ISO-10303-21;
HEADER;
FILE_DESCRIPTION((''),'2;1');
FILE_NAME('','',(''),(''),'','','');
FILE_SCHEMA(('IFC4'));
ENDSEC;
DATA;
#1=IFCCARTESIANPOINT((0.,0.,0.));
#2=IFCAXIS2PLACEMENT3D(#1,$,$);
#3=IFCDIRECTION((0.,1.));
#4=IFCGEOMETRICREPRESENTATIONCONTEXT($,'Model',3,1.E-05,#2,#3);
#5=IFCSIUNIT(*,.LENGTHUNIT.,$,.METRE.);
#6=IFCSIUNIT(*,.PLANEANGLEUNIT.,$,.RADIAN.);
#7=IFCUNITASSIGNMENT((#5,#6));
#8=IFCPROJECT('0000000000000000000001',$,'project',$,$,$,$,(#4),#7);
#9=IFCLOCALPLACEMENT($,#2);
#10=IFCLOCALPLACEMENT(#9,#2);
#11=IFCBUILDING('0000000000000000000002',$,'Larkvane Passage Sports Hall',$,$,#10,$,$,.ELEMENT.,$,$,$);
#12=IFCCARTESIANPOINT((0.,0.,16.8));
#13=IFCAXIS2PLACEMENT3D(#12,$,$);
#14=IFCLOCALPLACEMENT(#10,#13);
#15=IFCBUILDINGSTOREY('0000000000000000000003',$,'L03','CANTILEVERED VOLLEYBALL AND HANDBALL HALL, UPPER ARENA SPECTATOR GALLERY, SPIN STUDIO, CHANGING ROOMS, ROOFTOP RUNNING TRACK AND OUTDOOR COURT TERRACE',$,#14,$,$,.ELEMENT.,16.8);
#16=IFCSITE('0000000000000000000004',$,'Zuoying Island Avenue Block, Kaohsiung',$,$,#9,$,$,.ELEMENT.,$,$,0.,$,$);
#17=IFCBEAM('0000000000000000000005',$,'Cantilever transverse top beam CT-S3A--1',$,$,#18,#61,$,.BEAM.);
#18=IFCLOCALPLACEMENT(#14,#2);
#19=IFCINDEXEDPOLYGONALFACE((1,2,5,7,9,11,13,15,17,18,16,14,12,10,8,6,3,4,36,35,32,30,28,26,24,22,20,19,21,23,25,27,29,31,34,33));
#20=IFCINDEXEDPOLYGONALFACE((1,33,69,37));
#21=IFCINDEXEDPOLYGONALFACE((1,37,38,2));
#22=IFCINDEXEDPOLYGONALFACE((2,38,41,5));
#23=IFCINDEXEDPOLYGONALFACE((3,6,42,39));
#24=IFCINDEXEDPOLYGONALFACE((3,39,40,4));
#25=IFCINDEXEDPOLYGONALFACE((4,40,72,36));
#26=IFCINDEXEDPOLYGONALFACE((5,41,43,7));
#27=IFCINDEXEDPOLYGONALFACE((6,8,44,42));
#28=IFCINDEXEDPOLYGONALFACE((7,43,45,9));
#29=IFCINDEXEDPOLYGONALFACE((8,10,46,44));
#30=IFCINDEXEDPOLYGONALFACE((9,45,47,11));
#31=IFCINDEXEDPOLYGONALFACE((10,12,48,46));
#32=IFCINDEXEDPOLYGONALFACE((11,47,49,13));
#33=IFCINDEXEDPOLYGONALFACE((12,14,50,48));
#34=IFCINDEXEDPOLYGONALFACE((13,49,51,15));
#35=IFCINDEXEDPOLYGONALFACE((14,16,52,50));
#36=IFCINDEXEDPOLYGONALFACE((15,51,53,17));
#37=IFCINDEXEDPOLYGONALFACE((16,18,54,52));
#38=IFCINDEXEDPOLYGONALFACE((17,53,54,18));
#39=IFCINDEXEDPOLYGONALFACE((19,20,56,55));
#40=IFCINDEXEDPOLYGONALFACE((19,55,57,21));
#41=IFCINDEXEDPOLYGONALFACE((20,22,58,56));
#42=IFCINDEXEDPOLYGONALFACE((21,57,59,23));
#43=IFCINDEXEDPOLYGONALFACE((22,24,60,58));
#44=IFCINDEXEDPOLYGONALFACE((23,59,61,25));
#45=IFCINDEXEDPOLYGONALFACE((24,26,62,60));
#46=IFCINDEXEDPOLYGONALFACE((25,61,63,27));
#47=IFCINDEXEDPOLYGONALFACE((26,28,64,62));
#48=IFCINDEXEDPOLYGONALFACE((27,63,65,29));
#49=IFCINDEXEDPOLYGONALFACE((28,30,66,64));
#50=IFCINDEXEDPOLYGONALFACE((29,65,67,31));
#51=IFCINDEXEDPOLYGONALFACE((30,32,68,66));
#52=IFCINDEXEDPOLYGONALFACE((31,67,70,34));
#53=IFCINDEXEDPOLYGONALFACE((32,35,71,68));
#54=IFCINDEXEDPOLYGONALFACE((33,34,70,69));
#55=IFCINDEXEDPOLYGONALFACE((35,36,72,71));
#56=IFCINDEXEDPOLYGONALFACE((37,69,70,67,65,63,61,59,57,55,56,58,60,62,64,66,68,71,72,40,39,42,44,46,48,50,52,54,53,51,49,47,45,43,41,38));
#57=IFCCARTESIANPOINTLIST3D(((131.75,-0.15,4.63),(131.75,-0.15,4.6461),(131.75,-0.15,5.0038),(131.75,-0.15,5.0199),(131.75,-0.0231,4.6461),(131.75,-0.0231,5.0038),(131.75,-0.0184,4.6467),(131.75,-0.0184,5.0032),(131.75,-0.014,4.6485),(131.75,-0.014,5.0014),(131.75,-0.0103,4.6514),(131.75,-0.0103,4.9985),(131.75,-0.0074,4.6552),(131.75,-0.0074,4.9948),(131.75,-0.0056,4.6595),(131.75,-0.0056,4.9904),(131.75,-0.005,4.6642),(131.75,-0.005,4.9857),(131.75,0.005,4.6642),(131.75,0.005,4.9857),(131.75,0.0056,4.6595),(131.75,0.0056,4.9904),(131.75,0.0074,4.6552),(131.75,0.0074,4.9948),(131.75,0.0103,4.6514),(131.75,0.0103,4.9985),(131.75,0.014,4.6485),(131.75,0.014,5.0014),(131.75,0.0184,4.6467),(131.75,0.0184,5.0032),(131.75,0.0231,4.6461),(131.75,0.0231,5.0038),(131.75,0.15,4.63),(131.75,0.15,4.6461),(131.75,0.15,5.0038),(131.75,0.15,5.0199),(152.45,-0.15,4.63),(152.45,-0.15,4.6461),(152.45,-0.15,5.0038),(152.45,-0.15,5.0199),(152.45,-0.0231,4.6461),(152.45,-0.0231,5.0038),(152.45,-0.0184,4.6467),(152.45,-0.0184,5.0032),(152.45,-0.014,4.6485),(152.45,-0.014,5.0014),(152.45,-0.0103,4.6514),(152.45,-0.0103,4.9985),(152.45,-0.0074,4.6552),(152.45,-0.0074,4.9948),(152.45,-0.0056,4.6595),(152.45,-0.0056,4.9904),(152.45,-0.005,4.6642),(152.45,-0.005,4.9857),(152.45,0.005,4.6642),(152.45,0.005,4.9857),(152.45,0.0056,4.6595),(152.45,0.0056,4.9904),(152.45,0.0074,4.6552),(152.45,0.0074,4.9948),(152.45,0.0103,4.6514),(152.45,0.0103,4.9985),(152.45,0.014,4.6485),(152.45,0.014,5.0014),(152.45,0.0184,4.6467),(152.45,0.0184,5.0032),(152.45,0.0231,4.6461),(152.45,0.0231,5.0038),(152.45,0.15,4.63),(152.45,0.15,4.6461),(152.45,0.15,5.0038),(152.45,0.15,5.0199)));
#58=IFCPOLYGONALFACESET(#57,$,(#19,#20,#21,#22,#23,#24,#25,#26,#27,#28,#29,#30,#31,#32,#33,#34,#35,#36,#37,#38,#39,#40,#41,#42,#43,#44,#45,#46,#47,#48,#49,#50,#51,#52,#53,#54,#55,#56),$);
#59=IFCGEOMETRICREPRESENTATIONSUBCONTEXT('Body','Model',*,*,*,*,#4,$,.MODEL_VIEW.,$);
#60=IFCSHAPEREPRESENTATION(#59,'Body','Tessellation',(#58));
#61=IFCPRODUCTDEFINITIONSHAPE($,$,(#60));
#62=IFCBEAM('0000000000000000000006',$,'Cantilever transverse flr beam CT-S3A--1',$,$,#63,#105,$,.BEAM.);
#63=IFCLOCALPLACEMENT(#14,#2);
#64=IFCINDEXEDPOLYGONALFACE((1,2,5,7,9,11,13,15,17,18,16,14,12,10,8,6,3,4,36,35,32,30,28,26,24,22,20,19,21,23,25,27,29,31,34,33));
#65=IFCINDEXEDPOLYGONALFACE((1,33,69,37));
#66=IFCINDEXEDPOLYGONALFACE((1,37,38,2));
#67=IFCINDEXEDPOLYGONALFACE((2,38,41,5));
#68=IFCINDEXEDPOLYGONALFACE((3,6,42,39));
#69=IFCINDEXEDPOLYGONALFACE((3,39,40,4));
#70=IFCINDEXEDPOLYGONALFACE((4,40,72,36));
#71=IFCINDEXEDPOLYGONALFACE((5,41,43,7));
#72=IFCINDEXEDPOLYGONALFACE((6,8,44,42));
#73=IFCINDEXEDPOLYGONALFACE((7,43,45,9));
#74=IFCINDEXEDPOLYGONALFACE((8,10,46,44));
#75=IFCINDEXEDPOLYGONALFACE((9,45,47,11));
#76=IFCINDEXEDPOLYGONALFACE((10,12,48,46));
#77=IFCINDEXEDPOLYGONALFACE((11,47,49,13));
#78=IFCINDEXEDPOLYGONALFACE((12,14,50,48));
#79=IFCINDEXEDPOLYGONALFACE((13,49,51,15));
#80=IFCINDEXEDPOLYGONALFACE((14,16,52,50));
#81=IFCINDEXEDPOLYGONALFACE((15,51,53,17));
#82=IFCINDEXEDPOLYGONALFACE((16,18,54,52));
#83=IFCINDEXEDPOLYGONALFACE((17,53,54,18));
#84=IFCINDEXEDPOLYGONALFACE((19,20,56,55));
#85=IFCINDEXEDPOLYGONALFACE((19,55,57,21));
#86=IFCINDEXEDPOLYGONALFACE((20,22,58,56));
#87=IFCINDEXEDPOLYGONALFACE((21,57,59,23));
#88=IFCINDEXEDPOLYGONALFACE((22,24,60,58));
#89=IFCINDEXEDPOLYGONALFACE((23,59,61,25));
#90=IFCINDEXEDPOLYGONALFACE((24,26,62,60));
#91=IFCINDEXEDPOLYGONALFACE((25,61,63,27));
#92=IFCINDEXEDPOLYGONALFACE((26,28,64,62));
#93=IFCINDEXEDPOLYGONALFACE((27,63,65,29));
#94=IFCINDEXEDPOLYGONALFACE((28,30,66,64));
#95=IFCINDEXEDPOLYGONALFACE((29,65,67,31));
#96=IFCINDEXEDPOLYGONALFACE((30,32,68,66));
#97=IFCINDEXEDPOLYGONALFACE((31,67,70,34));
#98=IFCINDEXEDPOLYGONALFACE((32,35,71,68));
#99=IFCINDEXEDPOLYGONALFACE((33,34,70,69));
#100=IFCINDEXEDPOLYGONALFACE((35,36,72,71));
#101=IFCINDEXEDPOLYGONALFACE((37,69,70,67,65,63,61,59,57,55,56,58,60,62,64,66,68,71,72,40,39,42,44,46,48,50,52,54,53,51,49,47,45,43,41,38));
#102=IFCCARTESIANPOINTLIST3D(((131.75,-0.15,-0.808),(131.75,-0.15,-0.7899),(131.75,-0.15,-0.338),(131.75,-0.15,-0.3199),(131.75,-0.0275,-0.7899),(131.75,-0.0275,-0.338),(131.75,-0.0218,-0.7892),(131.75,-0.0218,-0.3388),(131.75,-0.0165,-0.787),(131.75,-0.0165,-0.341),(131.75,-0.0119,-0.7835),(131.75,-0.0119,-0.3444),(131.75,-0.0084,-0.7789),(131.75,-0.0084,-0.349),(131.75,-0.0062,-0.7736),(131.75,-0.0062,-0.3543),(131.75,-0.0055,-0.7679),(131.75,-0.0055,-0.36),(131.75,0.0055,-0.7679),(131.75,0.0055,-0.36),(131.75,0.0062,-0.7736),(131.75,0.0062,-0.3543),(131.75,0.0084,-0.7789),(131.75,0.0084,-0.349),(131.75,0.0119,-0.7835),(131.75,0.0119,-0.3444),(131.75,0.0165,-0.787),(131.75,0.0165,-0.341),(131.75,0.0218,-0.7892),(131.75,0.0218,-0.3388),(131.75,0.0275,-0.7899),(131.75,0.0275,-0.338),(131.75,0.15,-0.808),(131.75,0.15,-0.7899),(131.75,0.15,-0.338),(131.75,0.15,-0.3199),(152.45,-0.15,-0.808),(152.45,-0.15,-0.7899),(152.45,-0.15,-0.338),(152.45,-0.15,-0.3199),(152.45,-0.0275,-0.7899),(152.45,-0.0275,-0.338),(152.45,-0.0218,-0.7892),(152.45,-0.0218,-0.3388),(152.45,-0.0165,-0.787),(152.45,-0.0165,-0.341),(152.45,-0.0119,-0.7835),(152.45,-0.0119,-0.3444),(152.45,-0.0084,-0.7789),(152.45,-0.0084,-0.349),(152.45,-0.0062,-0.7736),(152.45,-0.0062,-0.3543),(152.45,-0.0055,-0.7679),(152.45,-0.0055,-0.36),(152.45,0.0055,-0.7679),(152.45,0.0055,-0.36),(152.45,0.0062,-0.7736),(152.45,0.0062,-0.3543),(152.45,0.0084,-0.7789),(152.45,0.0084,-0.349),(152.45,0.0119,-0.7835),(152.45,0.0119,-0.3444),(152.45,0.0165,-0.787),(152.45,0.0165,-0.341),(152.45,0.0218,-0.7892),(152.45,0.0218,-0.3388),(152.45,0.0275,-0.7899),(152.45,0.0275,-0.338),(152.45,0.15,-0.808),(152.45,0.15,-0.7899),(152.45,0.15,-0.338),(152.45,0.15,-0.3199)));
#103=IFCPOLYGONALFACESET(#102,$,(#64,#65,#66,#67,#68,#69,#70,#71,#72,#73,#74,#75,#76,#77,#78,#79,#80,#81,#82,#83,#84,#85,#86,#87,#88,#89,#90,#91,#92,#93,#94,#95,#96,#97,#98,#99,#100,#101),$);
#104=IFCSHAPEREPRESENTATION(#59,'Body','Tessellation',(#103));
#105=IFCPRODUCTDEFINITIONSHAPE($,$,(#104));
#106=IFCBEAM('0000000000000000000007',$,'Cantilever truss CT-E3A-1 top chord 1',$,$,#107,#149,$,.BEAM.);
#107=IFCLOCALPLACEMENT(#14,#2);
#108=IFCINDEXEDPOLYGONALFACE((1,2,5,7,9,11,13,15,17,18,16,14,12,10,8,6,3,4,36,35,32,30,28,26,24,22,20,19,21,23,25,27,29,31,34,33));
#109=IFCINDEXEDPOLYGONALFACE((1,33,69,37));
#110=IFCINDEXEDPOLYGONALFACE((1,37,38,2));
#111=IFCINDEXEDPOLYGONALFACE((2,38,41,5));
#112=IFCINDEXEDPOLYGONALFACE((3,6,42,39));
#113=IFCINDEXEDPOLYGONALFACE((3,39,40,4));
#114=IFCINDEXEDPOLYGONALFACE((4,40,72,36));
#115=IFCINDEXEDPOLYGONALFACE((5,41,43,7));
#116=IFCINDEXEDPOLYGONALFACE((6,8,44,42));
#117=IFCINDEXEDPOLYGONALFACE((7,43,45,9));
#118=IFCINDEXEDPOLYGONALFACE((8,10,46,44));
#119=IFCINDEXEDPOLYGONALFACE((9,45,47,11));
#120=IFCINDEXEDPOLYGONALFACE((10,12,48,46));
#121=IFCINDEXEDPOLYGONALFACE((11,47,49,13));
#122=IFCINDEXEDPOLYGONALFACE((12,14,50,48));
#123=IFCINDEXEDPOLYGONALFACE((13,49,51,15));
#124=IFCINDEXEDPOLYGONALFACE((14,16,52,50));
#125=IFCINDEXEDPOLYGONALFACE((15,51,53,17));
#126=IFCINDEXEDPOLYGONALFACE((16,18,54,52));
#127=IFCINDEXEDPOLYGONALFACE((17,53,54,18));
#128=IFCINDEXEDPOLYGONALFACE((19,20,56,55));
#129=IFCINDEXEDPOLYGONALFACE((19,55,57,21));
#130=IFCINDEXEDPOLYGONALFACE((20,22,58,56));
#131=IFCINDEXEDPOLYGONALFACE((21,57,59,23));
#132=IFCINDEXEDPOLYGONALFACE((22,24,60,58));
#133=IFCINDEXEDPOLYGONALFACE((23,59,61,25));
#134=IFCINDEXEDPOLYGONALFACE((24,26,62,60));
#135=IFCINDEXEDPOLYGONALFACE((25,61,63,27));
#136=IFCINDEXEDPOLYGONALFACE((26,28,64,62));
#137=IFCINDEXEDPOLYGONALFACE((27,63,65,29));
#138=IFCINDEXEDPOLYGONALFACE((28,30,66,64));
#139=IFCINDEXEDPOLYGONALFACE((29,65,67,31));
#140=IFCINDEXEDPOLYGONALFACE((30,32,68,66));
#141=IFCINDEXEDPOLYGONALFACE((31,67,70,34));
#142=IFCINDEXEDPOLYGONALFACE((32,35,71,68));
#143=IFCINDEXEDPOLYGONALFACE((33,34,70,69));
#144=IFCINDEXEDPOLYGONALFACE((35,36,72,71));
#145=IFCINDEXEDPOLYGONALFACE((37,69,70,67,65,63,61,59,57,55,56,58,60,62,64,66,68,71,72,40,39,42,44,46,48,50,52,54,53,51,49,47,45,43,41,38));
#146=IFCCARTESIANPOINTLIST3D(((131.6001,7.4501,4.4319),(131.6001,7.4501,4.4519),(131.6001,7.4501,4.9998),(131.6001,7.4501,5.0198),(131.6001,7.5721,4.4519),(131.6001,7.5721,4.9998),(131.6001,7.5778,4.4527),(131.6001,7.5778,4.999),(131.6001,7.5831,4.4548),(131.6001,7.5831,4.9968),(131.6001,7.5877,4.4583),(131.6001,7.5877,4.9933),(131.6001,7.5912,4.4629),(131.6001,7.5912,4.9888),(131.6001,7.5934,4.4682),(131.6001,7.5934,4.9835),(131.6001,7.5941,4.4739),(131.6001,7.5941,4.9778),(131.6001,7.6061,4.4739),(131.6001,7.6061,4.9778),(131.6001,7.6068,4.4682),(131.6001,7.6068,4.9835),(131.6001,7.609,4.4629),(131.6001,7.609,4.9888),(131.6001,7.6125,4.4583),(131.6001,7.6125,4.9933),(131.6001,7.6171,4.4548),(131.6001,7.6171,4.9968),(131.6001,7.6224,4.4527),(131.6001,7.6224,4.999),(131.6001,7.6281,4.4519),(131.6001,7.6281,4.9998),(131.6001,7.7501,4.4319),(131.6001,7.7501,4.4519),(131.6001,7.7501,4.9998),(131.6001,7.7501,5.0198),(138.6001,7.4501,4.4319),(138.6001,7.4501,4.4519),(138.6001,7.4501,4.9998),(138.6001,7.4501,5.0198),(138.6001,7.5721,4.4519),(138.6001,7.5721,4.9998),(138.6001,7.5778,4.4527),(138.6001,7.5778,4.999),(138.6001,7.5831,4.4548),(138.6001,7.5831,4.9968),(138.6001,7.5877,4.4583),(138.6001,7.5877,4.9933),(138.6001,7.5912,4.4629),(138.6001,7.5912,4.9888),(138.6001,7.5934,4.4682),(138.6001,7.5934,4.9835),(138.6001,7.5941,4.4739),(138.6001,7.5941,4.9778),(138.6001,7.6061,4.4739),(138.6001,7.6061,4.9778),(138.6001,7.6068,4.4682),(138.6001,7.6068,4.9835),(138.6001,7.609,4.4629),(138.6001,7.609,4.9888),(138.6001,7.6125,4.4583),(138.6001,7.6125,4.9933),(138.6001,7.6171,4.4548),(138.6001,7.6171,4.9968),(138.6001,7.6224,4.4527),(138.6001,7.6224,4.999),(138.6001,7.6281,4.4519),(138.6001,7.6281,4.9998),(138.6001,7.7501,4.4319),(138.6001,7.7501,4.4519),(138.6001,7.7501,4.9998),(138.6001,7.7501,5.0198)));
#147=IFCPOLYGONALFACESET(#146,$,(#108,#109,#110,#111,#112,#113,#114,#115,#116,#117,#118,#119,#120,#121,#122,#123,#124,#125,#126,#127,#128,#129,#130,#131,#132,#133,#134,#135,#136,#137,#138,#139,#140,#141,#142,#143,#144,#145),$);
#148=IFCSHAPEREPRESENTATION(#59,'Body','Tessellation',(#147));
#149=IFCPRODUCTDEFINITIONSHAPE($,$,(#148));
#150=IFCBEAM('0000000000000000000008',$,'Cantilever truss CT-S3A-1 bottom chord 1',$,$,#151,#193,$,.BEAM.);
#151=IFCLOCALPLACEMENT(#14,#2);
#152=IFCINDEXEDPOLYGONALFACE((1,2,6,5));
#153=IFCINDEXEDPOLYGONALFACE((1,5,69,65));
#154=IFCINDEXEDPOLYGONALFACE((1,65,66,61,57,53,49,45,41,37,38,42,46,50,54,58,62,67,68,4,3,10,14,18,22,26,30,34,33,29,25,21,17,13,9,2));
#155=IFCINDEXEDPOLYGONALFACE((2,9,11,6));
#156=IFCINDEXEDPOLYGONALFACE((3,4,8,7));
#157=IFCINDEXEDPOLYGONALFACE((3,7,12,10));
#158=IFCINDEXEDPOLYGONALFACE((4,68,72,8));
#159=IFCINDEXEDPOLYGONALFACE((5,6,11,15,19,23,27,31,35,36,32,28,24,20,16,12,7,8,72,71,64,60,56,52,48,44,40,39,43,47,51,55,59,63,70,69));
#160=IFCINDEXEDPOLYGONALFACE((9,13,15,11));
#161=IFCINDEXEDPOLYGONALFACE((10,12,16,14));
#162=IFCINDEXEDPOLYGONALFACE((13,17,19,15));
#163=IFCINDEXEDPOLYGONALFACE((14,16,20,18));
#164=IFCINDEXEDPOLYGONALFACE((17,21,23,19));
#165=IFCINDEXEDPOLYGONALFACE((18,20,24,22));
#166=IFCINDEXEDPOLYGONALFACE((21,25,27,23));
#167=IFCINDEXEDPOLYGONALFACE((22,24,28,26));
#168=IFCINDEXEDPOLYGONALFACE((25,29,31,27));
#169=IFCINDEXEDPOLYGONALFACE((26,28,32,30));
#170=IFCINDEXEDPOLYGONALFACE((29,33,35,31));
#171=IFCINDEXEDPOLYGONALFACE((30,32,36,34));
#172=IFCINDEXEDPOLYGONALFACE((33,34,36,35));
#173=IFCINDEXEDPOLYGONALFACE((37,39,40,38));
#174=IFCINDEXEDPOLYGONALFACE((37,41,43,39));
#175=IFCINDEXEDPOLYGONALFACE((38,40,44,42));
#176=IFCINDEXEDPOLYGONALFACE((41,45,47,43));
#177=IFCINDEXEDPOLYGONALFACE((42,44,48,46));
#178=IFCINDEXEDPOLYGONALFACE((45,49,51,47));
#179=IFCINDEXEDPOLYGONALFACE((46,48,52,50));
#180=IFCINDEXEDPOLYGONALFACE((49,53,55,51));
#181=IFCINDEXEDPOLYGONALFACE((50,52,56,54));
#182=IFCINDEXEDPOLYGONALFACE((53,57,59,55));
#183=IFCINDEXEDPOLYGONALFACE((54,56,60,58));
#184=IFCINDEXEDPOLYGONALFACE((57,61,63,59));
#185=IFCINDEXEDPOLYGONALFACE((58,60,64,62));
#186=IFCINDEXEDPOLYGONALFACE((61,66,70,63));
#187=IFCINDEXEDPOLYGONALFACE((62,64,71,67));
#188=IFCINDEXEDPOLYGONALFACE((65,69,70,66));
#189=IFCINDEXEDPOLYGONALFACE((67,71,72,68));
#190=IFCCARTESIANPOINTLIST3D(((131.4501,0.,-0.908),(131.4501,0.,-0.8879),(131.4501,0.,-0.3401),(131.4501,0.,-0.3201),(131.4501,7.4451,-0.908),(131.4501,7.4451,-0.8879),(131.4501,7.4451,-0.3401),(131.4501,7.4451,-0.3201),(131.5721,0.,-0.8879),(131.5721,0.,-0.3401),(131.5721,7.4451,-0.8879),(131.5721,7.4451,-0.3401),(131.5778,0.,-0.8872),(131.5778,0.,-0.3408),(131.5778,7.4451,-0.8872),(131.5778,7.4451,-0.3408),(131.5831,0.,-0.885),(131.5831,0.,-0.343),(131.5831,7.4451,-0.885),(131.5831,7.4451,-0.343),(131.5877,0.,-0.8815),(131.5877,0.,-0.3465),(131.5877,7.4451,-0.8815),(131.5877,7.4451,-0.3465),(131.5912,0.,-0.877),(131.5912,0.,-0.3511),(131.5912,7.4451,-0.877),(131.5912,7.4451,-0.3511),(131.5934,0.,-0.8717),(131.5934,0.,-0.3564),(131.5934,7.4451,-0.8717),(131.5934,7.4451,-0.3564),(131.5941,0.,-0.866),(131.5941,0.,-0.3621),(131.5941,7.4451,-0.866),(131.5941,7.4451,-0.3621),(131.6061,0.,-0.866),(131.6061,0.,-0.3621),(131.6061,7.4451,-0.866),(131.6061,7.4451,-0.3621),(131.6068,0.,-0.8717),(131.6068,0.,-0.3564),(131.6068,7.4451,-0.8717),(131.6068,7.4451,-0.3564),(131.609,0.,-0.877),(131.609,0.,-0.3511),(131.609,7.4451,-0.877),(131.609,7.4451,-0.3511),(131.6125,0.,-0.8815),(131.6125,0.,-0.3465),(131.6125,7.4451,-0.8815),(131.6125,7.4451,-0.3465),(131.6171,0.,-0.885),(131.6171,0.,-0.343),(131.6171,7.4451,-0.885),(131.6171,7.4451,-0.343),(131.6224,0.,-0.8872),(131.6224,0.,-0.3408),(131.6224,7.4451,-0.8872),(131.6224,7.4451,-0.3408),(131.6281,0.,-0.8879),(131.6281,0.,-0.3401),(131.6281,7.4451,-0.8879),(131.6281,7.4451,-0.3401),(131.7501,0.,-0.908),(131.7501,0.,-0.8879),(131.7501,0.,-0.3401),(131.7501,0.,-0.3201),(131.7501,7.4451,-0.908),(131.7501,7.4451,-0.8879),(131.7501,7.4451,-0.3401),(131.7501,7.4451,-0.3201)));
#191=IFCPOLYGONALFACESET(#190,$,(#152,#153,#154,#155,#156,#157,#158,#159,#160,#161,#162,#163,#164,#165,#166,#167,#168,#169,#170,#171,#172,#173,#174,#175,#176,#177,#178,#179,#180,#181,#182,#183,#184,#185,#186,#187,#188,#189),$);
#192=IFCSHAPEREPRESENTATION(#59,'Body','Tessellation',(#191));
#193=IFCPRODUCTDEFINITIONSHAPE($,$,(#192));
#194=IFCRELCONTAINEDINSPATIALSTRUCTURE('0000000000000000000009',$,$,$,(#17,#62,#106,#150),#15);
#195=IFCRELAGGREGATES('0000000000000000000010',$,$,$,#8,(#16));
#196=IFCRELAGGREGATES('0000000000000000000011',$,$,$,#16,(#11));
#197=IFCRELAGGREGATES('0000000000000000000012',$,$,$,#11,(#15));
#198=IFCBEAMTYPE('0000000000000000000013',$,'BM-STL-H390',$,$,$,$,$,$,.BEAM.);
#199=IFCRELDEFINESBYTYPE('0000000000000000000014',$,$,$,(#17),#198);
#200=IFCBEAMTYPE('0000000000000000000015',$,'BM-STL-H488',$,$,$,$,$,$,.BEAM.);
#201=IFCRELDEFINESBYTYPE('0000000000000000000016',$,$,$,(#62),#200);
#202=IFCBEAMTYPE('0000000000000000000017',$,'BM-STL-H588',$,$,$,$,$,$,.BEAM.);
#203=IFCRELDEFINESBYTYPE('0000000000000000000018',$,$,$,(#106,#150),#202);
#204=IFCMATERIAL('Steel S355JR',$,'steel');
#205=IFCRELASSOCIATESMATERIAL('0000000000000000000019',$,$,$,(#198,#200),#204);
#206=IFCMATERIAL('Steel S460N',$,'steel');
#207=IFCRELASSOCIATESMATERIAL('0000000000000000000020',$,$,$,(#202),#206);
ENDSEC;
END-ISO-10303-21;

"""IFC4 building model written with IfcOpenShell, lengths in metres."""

from ifc_helpers import new_model, si_unit, direction, frame, origin, origin_2d, place, context, subcontext, project, spatial, i_section, extrude, material, material_profile, profile_set, type_object, element, save


model = new_model("IFC4")

# Units and contexts
model_context = context("Model", 3, precision=1e-05, world=origin(), true_north=direction((0.0, 1.0)))
body_context = subcontext(model_context, "Body", "Model", "MODEL_VIEW")
ifc_project = project(units=[si_unit("LENGTHUNIT", "METRE"), si_unit("PLANEANGLEUNIT", "RADIAN")], contexts=[model_context])

# Site, building, storey
site_placement = place(None, origin())
site = spatial("IfcSite", under=ifc_project, at=site_placement, Name="Zuoying Island Avenue Block, Kaohsiung", CompositionType="ELEMENT", RefElevation=0.0)
building_placement = place(site_placement, origin())
building = spatial("IfcBuilding", under=site, at=building_placement, Name="Larkvane Passage Sports Hall", CompositionType="ELEMENT")
storey_placement = place(building_placement, frame((0.0, 0.0, 16.8)))
storey = spatial("IfcBuildingStorey", under=building, at=storey_placement, Name="L03", Description="CANTILEVERED VOLLEYBALL AND HANDBALL HALL, UPPER ARENA SPECTATOR GALLERY, SPIN STUDIO, CHANGING ROOMS, ROOFTOP RUNNING TRACK AND OUTDOOR COURT TERRACE", CompositionType="ELEMENT", Elevation=16.8)

# Beams
ifc_material_1 = material(Name="Steel S355JR", Category="steel")
ifc_material_profile_1 = material_profile(ifc_material_1, i_section(OverallWidth=0.3, OverallDepth=0.3899, WebThickness=0.01, FlangeThickness=0.0161, FilletRadius=0.0181, at=origin_2d()), Name="H-390x300x10x16")
ifc_profile_set_1 = profile_set([ifc_material_profile_1], Name="Steel S355JR")
beam_type_1 = type_object("IfcBeamType", Name="BM-STL-H390", PredefinedType="BEAM", material=ifc_profile_set_1)
beam_1_placement = place(storey_placement, frame((131.75, 0.0, 4.825), z_axis=(1.0, 0.0, 0.0), x_axis=(0.0, 1.0, 0.0)))
element("IfcBeam", 1, at=beam_1_placement, inside=storey, type_object=beam_type_1, Name="Cantilever transverse top beam CT-S3A--1", PredefinedType="BEAM", context=body_context, shape_type="SweptSolid", body=[
    extrude(i_section(OverallWidth=0.3, OverallDepth=0.3899, WebThickness=0.01, FlangeThickness=0.0161, FilletRadius=0.0181, at=origin_2d()), origin(), (0.0, 0.0, 1.0), 20.7),
])
ifc_material_profile_2 = material_profile(ifc_material_1, i_section(OverallWidth=0.3, OverallDepth=0.488, WebThickness=0.011, FlangeThickness=0.0181, FilletRadius=0.022, at=origin_2d()), Name="H-488x300x11x18")
ifc_profile_set_2 = profile_set([ifc_material_profile_2], Name="Steel S355JR")
beam_type_2 = type_object("IfcBeamType", Name="BM-STL-H488", PredefinedType="BEAM", material=ifc_profile_set_2)
beam_2_placement = place(storey_placement, frame((131.75, 0.0, -0.564), z_axis=(1.0, 0.0, 0.0), x_axis=(0.0, 1.0, 0.0)))
element("IfcBeam", 2, at=beam_2_placement, inside=storey, type_object=beam_type_2, Name="Cantilever transverse flr beam CT-S3A--1", PredefinedType="BEAM", context=body_context, shape_type="SweptSolid", body=[
    extrude(i_section(OverallWidth=0.3, OverallDepth=0.488, WebThickness=0.011, FlangeThickness=0.0181, FilletRadius=0.022, at=origin_2d()), origin(), (0.0, 0.0, 1.0), 20.7),
])
ifc_material_2 = material(Name="Steel S460N", Category="steel")
ifc_material_profile_3 = material_profile(ifc_material_2, i_section(OverallWidth=0.3, OverallDepth=0.5879, WebThickness=0.012, FlangeThickness=0.02, FilletRadius=0.022, at=origin_2d()), Name="H-588x300x12x20")
ifc_profile_set_3 = profile_set([ifc_material_profile_3], Name="Steel S460N")
beam_type_3 = type_object("IfcBeamType", Name="BM-STL-H588", PredefinedType="BEAM", material=ifc_profile_set_3)
beam_3_placement = place(storey_placement, frame((131.6001, 7.6001, 4.7258), z_axis=(1.0, 0.0, 0.0), x_axis=(0.0, 1.0, 0.0)))
element("IfcBeam", 3, at=beam_3_placement, inside=storey, type_object=beam_type_3, Name="Cantilever truss CT-E3A-1 top chord 1", PredefinedType="BEAM", context=body_context, shape_type="SweptSolid", body=[
    extrude(i_section(OverallWidth=0.3, OverallDepth=0.5879, WebThickness=0.012, FlangeThickness=0.02, FilletRadius=0.022, at=origin_2d()), origin(), (0.0, 0.0, 1.0), 7.0),
])
for number, where, z_axis, x_axis, name in (
    (4, (131.6001, 0.0, -0.614), (0.0, 1.0, 0.0), (-1.0, 0.0, 0.0), "Cantilever truss CT-S3A-1 bottom chord 1"),
):
    element("IfcBeam", number, at=place(storey_placement, frame(where, z_axis=z_axis, x_axis=x_axis)), inside=storey, type_object=beam_type_3, Name=name, PredefinedType="BEAM", context=body_context, shape_type="SweptSolid", body=[
        extrude(i_section(OverallWidth=0.3, OverallDepth=0.5879, WebThickness=0.012, FlangeThickness=0.02, FilletRadius=0.022, at=origin_2d()), origin(), (0.0, 0.0, 1.0), 7.4451),
    ])

save(model, "model.ifc")
